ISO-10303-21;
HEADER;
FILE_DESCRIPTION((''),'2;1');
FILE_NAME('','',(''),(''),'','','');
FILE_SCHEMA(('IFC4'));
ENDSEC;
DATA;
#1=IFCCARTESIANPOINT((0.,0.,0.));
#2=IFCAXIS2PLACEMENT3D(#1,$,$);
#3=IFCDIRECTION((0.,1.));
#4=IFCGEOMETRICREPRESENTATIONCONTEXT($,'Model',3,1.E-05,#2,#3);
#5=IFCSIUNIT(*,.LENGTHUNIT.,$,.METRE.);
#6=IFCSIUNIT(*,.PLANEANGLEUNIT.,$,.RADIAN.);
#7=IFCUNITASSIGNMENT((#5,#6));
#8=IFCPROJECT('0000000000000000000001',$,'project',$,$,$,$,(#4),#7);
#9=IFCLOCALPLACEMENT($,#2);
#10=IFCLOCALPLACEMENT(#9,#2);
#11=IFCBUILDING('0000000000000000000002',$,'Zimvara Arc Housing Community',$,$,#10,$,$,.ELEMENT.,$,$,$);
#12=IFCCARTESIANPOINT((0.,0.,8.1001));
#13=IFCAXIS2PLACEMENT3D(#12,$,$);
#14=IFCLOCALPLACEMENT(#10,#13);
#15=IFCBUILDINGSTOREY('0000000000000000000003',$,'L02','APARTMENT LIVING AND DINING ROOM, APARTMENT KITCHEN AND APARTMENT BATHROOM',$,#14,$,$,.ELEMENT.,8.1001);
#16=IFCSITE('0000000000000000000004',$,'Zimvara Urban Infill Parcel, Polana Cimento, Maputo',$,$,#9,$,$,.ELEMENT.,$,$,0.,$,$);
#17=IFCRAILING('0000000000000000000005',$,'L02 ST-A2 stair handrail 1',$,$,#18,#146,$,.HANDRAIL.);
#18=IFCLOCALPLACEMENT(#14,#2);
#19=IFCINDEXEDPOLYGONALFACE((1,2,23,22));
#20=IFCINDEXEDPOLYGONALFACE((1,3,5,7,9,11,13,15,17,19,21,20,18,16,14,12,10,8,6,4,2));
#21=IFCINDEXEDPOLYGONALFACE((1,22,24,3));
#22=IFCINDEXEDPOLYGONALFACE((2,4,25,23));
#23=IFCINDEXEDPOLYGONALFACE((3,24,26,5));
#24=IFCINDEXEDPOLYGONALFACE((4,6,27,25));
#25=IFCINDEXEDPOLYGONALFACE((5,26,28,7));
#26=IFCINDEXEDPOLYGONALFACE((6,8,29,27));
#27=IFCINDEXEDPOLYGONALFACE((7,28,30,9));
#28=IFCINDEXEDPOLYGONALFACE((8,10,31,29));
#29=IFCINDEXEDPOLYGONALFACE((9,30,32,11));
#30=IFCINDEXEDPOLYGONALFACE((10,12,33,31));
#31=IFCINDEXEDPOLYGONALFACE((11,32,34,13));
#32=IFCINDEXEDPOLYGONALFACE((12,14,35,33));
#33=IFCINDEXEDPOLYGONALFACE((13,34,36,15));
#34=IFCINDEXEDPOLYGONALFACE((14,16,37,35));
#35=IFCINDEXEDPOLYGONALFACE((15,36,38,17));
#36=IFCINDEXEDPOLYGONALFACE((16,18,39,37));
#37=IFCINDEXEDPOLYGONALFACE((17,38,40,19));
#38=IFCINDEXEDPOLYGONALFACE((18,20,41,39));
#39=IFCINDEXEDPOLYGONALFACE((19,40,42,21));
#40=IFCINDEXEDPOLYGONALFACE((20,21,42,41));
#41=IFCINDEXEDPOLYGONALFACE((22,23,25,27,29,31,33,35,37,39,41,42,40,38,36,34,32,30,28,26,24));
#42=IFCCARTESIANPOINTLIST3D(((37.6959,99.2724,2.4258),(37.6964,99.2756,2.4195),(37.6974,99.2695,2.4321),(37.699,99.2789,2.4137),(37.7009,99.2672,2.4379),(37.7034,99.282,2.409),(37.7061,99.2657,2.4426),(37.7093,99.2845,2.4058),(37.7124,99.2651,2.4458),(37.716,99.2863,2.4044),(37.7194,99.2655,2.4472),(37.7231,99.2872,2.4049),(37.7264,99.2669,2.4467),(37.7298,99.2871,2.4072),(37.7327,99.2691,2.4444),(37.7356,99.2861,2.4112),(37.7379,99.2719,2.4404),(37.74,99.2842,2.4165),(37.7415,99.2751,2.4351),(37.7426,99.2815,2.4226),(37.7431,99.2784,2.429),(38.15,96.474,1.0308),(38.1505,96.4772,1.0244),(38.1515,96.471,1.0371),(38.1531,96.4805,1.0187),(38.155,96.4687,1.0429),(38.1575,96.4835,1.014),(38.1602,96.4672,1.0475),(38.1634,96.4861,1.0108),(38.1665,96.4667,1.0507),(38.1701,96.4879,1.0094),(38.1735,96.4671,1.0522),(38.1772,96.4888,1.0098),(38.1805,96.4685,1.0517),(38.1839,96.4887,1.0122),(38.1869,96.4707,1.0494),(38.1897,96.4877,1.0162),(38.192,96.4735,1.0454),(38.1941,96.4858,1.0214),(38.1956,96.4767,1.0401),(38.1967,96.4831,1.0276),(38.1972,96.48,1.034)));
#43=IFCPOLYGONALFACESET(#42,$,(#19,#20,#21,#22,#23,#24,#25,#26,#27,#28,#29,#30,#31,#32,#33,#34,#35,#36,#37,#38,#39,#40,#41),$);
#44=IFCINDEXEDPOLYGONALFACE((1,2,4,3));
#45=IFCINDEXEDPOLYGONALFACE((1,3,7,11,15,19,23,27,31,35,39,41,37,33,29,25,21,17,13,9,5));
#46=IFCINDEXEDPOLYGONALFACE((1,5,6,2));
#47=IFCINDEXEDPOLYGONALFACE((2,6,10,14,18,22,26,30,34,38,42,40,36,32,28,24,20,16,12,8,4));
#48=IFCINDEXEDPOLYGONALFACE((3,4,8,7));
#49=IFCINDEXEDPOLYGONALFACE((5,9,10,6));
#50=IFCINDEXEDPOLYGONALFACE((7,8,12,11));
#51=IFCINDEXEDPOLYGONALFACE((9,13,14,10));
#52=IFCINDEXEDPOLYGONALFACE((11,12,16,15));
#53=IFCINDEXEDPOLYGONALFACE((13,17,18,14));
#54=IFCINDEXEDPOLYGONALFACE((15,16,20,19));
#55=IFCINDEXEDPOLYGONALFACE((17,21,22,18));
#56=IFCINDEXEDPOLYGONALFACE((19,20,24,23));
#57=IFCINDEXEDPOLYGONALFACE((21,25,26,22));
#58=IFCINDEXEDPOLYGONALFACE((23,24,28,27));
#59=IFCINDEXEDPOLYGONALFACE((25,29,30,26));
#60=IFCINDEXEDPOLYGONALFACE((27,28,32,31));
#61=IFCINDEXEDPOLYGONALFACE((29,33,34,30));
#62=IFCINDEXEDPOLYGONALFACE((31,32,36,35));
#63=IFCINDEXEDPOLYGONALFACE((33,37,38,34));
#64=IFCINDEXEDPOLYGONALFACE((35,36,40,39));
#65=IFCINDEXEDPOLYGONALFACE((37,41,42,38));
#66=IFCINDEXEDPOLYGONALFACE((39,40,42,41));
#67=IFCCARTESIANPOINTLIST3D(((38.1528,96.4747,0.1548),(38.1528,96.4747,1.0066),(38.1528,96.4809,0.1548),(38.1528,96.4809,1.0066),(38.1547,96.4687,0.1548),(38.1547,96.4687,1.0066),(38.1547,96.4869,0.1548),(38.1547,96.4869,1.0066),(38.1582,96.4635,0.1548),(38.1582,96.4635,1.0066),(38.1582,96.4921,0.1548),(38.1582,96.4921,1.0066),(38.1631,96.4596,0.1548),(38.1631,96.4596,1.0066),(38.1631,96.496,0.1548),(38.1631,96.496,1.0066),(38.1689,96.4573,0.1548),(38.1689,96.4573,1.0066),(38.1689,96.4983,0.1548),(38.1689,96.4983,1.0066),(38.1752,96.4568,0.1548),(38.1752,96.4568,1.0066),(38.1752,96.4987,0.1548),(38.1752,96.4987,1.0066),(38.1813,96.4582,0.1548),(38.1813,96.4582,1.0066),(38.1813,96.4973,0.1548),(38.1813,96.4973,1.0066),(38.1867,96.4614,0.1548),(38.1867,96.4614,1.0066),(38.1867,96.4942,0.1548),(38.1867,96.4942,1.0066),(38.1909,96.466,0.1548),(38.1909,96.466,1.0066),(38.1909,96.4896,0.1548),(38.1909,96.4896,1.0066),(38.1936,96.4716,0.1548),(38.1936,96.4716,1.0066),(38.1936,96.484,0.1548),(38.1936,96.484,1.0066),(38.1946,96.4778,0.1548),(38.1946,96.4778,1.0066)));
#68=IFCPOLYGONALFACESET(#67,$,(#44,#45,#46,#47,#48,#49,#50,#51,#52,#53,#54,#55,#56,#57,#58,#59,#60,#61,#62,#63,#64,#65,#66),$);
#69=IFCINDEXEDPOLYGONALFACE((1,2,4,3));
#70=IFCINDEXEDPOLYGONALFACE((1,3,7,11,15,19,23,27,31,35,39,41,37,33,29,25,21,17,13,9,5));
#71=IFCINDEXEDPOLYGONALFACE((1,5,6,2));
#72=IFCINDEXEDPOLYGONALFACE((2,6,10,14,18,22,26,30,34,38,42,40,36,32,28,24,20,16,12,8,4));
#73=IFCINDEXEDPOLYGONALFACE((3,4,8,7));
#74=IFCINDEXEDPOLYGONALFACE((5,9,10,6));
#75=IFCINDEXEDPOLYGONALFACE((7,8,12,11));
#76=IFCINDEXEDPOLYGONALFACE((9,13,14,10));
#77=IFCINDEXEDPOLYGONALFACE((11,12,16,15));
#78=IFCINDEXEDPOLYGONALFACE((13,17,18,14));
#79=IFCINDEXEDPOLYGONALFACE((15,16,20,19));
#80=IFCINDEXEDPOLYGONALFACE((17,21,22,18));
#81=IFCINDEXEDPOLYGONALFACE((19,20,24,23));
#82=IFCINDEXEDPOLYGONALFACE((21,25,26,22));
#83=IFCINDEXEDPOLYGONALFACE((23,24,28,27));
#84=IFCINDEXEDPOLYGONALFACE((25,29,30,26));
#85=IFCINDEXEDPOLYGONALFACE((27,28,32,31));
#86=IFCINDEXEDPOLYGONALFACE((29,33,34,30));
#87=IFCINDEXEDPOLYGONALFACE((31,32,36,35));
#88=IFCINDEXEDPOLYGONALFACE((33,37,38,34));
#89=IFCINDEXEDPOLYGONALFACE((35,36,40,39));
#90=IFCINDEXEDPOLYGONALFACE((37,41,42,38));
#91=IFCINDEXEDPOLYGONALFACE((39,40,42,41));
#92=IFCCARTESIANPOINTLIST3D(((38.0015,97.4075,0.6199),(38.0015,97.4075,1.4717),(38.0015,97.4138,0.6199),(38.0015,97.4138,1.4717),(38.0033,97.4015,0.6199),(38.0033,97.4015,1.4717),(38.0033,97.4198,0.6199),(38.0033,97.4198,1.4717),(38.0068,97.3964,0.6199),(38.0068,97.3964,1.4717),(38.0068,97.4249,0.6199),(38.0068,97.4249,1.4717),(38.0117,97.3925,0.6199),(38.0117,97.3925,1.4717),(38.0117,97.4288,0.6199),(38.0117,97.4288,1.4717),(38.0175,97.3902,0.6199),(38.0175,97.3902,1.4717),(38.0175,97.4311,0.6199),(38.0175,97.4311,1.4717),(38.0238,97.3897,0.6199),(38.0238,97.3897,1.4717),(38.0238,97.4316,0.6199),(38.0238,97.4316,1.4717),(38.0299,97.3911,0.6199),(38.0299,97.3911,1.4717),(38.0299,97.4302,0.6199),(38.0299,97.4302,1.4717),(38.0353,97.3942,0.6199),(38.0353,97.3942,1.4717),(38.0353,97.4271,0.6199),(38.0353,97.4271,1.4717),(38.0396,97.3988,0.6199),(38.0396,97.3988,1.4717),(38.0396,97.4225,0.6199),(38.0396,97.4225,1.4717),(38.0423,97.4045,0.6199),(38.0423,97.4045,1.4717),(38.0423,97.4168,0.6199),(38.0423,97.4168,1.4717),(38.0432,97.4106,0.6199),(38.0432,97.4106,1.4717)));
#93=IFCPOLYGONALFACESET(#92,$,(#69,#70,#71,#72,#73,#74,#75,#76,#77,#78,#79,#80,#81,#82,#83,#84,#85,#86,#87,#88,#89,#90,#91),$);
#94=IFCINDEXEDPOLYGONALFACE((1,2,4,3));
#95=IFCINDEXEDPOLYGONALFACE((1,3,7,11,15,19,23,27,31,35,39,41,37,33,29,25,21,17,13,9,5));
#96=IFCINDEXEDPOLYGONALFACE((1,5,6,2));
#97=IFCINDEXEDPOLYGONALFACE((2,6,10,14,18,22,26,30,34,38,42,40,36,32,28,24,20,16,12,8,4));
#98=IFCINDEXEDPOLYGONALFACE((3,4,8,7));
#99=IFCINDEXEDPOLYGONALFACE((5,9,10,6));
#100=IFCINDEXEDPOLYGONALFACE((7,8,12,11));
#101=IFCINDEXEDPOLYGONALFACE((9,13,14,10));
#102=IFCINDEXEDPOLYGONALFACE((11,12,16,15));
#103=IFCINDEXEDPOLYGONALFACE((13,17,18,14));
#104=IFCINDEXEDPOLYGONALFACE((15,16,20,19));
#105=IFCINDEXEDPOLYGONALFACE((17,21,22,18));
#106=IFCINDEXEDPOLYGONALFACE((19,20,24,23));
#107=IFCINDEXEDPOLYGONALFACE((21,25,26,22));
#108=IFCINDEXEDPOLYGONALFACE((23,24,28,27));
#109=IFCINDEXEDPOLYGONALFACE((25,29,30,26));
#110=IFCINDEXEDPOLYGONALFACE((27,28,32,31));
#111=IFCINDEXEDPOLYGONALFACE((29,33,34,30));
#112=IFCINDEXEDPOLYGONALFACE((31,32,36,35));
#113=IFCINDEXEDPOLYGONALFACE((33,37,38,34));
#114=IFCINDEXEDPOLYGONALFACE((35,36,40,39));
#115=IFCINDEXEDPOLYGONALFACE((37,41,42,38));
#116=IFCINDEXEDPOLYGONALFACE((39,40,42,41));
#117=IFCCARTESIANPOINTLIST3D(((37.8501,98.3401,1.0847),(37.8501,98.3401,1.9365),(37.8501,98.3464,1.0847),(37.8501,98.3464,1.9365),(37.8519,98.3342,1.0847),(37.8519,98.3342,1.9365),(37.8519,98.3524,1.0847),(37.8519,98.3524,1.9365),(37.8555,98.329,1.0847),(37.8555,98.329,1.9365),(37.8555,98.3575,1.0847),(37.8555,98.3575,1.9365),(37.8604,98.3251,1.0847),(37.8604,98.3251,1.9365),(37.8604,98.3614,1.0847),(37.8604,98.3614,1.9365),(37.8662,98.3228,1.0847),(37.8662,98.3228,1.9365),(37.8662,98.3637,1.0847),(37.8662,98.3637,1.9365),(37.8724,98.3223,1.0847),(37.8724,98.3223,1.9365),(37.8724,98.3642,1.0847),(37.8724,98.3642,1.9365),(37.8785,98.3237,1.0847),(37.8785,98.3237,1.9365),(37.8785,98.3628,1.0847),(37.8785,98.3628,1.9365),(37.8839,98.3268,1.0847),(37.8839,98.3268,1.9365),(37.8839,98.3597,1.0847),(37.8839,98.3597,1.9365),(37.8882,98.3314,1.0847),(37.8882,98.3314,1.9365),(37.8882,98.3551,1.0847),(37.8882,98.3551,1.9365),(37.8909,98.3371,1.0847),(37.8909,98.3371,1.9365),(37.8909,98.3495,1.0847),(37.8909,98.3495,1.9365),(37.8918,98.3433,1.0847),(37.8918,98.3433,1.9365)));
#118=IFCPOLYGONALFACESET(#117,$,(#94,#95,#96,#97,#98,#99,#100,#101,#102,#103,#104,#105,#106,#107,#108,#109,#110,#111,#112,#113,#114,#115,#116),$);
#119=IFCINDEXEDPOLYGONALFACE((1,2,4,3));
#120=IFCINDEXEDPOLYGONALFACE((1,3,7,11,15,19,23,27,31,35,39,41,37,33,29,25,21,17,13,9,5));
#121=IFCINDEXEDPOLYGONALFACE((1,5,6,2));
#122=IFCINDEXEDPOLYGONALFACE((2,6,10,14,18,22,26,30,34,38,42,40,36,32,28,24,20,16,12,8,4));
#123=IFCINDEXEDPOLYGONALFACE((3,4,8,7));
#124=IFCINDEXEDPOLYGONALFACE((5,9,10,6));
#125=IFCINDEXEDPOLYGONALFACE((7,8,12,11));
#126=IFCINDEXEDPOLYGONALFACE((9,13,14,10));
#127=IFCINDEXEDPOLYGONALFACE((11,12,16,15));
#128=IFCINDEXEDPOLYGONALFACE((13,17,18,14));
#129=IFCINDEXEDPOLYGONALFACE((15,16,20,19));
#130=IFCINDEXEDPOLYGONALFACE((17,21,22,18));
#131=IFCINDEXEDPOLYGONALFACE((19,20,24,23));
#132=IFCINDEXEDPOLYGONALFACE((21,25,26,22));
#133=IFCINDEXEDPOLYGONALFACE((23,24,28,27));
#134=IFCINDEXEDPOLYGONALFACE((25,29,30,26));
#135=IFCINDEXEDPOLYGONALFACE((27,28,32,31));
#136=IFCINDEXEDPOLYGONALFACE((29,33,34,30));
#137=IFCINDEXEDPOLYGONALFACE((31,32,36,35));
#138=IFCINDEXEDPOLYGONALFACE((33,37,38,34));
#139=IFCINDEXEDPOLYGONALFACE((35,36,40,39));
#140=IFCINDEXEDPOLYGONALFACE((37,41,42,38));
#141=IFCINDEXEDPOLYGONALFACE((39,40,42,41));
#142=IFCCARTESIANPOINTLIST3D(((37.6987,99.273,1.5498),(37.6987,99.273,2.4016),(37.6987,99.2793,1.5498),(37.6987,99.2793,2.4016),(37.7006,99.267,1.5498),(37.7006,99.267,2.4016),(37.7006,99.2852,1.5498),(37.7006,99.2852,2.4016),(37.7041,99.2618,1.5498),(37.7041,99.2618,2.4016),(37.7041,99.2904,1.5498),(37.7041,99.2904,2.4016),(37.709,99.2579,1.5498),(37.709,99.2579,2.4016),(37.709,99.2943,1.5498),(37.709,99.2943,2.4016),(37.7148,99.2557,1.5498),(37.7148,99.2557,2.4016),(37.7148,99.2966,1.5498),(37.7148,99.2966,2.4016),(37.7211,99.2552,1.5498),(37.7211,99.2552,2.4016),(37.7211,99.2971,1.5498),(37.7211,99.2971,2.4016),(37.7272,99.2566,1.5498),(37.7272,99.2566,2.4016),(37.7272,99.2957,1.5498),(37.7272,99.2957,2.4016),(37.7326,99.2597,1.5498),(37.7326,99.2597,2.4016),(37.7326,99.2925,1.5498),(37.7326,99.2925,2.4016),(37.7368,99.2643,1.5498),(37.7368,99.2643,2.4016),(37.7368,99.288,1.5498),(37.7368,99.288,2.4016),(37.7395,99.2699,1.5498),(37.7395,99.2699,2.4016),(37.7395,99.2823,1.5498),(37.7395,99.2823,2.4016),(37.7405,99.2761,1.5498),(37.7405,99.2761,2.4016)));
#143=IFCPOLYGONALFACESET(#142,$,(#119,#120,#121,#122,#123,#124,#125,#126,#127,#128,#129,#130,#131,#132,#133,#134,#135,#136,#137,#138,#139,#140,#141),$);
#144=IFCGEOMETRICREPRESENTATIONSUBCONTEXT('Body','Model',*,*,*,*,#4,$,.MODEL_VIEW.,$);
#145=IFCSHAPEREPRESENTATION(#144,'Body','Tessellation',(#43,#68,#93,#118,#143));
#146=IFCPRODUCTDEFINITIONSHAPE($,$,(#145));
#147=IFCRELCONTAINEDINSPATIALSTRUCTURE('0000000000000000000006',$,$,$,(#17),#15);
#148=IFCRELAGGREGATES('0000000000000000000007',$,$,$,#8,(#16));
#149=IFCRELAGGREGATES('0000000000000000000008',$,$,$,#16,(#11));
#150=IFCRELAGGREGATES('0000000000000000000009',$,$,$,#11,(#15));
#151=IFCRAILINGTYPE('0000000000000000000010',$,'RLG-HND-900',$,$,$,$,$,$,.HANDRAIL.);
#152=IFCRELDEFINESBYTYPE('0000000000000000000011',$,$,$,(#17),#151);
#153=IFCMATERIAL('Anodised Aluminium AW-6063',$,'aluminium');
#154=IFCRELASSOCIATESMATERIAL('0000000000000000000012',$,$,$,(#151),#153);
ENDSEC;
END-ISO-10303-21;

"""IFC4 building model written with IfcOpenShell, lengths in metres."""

from ifc_helpers import new_model, si_unit, direction, frame, origin, origin_2d, place, context, subcontext, project, spatial, circle, extrude, material, type_object, element, save


model = new_model("IFC4")

# Units and contexts
model_context = context("Model", 3, precision=1e-05, world=origin(), true_north=direction((0.0, 1.0)))
body_context = subcontext(model_context, "Body", "Model", "MODEL_VIEW")
ifc_project = project(units=[si_unit("LENGTHUNIT", "METRE"), si_unit("PLANEANGLEUNIT", "RADIAN")], contexts=[model_context])

# Site, building, storey
site_placement = place(None, origin())
site = spatial("IfcSite", under=ifc_project, at=site_placement, Name="Zimvara Urban Infill Parcel, Polana Cimento, Maputo", CompositionType="ELEMENT", RefElevation=0.0)
building_placement = place(site_placement, origin())
building = spatial("IfcBuilding", under=site, at=building_placement, Name="Zimvara Arc Housing Community", CompositionType="ELEMENT")
storey_placement = place(building_placement, frame((0.0, 0.0, 8.1001)))
storey = spatial("IfcBuildingStorey", under=building, at=storey_placement, Name="L02", Description="APARTMENT LIVING AND DINING ROOM, APARTMENT KITCHEN AND APARTMENT BATHROOM", CompositionType="ELEMENT", Elevation=8.1001)

# Railing
ifc_material_1 = material(Name="Anodised Aluminium AW-6063", Category="aluminium")
railing_type_1 = type_object("IfcRailingType", Name="RLG-HND-900", PredefinedType="HANDRAIL", material=ifc_material_1)
railing_1_placement = place(storey_placement, frame((38.1736, 96.4778, 0.1548)))
element("IfcRailing", 1, at=railing_1_placement, inside=storey, type_object=railing_type_1, Name="L02 ST-A2 stair handrail 1", PredefinedType="HANDRAIL", context=body_context, shape_type="SweptSolid", body=[
    extrude(circle(Radius=0.0239, at=origin_2d()), frame((0.0, 0.0, 0.876), z_axis=(-0.143722, 0.885666, 0.44152), x_axis=(-0.987088, -0.16018, 0.0)), (0.0, 0.0, 1.0), 3.1597),
    extrude(circle(Radius=0.021, at=origin_2d()), origin(), (0.0, 0.0, 1.0), 0.8518),
    extrude(circle(Radius=0.021, at=origin_2d()), frame((-0.1514, 0.9329, 0.4651)), (0.0, 0.0, 1.0), 0.8518),
    extrude(circle(Radius=0.021, at=origin_2d()), frame((-0.3027, 1.8655, 0.9299)), (0.0, 0.0, 1.0), 0.8518),
    extrude(circle(Radius=0.021, at=origin_2d()), frame((-0.4541, 2.7983, 1.395)), (0.0, 0.0, 1.0), 0.8518),
])

save(model, "model.ifc")
